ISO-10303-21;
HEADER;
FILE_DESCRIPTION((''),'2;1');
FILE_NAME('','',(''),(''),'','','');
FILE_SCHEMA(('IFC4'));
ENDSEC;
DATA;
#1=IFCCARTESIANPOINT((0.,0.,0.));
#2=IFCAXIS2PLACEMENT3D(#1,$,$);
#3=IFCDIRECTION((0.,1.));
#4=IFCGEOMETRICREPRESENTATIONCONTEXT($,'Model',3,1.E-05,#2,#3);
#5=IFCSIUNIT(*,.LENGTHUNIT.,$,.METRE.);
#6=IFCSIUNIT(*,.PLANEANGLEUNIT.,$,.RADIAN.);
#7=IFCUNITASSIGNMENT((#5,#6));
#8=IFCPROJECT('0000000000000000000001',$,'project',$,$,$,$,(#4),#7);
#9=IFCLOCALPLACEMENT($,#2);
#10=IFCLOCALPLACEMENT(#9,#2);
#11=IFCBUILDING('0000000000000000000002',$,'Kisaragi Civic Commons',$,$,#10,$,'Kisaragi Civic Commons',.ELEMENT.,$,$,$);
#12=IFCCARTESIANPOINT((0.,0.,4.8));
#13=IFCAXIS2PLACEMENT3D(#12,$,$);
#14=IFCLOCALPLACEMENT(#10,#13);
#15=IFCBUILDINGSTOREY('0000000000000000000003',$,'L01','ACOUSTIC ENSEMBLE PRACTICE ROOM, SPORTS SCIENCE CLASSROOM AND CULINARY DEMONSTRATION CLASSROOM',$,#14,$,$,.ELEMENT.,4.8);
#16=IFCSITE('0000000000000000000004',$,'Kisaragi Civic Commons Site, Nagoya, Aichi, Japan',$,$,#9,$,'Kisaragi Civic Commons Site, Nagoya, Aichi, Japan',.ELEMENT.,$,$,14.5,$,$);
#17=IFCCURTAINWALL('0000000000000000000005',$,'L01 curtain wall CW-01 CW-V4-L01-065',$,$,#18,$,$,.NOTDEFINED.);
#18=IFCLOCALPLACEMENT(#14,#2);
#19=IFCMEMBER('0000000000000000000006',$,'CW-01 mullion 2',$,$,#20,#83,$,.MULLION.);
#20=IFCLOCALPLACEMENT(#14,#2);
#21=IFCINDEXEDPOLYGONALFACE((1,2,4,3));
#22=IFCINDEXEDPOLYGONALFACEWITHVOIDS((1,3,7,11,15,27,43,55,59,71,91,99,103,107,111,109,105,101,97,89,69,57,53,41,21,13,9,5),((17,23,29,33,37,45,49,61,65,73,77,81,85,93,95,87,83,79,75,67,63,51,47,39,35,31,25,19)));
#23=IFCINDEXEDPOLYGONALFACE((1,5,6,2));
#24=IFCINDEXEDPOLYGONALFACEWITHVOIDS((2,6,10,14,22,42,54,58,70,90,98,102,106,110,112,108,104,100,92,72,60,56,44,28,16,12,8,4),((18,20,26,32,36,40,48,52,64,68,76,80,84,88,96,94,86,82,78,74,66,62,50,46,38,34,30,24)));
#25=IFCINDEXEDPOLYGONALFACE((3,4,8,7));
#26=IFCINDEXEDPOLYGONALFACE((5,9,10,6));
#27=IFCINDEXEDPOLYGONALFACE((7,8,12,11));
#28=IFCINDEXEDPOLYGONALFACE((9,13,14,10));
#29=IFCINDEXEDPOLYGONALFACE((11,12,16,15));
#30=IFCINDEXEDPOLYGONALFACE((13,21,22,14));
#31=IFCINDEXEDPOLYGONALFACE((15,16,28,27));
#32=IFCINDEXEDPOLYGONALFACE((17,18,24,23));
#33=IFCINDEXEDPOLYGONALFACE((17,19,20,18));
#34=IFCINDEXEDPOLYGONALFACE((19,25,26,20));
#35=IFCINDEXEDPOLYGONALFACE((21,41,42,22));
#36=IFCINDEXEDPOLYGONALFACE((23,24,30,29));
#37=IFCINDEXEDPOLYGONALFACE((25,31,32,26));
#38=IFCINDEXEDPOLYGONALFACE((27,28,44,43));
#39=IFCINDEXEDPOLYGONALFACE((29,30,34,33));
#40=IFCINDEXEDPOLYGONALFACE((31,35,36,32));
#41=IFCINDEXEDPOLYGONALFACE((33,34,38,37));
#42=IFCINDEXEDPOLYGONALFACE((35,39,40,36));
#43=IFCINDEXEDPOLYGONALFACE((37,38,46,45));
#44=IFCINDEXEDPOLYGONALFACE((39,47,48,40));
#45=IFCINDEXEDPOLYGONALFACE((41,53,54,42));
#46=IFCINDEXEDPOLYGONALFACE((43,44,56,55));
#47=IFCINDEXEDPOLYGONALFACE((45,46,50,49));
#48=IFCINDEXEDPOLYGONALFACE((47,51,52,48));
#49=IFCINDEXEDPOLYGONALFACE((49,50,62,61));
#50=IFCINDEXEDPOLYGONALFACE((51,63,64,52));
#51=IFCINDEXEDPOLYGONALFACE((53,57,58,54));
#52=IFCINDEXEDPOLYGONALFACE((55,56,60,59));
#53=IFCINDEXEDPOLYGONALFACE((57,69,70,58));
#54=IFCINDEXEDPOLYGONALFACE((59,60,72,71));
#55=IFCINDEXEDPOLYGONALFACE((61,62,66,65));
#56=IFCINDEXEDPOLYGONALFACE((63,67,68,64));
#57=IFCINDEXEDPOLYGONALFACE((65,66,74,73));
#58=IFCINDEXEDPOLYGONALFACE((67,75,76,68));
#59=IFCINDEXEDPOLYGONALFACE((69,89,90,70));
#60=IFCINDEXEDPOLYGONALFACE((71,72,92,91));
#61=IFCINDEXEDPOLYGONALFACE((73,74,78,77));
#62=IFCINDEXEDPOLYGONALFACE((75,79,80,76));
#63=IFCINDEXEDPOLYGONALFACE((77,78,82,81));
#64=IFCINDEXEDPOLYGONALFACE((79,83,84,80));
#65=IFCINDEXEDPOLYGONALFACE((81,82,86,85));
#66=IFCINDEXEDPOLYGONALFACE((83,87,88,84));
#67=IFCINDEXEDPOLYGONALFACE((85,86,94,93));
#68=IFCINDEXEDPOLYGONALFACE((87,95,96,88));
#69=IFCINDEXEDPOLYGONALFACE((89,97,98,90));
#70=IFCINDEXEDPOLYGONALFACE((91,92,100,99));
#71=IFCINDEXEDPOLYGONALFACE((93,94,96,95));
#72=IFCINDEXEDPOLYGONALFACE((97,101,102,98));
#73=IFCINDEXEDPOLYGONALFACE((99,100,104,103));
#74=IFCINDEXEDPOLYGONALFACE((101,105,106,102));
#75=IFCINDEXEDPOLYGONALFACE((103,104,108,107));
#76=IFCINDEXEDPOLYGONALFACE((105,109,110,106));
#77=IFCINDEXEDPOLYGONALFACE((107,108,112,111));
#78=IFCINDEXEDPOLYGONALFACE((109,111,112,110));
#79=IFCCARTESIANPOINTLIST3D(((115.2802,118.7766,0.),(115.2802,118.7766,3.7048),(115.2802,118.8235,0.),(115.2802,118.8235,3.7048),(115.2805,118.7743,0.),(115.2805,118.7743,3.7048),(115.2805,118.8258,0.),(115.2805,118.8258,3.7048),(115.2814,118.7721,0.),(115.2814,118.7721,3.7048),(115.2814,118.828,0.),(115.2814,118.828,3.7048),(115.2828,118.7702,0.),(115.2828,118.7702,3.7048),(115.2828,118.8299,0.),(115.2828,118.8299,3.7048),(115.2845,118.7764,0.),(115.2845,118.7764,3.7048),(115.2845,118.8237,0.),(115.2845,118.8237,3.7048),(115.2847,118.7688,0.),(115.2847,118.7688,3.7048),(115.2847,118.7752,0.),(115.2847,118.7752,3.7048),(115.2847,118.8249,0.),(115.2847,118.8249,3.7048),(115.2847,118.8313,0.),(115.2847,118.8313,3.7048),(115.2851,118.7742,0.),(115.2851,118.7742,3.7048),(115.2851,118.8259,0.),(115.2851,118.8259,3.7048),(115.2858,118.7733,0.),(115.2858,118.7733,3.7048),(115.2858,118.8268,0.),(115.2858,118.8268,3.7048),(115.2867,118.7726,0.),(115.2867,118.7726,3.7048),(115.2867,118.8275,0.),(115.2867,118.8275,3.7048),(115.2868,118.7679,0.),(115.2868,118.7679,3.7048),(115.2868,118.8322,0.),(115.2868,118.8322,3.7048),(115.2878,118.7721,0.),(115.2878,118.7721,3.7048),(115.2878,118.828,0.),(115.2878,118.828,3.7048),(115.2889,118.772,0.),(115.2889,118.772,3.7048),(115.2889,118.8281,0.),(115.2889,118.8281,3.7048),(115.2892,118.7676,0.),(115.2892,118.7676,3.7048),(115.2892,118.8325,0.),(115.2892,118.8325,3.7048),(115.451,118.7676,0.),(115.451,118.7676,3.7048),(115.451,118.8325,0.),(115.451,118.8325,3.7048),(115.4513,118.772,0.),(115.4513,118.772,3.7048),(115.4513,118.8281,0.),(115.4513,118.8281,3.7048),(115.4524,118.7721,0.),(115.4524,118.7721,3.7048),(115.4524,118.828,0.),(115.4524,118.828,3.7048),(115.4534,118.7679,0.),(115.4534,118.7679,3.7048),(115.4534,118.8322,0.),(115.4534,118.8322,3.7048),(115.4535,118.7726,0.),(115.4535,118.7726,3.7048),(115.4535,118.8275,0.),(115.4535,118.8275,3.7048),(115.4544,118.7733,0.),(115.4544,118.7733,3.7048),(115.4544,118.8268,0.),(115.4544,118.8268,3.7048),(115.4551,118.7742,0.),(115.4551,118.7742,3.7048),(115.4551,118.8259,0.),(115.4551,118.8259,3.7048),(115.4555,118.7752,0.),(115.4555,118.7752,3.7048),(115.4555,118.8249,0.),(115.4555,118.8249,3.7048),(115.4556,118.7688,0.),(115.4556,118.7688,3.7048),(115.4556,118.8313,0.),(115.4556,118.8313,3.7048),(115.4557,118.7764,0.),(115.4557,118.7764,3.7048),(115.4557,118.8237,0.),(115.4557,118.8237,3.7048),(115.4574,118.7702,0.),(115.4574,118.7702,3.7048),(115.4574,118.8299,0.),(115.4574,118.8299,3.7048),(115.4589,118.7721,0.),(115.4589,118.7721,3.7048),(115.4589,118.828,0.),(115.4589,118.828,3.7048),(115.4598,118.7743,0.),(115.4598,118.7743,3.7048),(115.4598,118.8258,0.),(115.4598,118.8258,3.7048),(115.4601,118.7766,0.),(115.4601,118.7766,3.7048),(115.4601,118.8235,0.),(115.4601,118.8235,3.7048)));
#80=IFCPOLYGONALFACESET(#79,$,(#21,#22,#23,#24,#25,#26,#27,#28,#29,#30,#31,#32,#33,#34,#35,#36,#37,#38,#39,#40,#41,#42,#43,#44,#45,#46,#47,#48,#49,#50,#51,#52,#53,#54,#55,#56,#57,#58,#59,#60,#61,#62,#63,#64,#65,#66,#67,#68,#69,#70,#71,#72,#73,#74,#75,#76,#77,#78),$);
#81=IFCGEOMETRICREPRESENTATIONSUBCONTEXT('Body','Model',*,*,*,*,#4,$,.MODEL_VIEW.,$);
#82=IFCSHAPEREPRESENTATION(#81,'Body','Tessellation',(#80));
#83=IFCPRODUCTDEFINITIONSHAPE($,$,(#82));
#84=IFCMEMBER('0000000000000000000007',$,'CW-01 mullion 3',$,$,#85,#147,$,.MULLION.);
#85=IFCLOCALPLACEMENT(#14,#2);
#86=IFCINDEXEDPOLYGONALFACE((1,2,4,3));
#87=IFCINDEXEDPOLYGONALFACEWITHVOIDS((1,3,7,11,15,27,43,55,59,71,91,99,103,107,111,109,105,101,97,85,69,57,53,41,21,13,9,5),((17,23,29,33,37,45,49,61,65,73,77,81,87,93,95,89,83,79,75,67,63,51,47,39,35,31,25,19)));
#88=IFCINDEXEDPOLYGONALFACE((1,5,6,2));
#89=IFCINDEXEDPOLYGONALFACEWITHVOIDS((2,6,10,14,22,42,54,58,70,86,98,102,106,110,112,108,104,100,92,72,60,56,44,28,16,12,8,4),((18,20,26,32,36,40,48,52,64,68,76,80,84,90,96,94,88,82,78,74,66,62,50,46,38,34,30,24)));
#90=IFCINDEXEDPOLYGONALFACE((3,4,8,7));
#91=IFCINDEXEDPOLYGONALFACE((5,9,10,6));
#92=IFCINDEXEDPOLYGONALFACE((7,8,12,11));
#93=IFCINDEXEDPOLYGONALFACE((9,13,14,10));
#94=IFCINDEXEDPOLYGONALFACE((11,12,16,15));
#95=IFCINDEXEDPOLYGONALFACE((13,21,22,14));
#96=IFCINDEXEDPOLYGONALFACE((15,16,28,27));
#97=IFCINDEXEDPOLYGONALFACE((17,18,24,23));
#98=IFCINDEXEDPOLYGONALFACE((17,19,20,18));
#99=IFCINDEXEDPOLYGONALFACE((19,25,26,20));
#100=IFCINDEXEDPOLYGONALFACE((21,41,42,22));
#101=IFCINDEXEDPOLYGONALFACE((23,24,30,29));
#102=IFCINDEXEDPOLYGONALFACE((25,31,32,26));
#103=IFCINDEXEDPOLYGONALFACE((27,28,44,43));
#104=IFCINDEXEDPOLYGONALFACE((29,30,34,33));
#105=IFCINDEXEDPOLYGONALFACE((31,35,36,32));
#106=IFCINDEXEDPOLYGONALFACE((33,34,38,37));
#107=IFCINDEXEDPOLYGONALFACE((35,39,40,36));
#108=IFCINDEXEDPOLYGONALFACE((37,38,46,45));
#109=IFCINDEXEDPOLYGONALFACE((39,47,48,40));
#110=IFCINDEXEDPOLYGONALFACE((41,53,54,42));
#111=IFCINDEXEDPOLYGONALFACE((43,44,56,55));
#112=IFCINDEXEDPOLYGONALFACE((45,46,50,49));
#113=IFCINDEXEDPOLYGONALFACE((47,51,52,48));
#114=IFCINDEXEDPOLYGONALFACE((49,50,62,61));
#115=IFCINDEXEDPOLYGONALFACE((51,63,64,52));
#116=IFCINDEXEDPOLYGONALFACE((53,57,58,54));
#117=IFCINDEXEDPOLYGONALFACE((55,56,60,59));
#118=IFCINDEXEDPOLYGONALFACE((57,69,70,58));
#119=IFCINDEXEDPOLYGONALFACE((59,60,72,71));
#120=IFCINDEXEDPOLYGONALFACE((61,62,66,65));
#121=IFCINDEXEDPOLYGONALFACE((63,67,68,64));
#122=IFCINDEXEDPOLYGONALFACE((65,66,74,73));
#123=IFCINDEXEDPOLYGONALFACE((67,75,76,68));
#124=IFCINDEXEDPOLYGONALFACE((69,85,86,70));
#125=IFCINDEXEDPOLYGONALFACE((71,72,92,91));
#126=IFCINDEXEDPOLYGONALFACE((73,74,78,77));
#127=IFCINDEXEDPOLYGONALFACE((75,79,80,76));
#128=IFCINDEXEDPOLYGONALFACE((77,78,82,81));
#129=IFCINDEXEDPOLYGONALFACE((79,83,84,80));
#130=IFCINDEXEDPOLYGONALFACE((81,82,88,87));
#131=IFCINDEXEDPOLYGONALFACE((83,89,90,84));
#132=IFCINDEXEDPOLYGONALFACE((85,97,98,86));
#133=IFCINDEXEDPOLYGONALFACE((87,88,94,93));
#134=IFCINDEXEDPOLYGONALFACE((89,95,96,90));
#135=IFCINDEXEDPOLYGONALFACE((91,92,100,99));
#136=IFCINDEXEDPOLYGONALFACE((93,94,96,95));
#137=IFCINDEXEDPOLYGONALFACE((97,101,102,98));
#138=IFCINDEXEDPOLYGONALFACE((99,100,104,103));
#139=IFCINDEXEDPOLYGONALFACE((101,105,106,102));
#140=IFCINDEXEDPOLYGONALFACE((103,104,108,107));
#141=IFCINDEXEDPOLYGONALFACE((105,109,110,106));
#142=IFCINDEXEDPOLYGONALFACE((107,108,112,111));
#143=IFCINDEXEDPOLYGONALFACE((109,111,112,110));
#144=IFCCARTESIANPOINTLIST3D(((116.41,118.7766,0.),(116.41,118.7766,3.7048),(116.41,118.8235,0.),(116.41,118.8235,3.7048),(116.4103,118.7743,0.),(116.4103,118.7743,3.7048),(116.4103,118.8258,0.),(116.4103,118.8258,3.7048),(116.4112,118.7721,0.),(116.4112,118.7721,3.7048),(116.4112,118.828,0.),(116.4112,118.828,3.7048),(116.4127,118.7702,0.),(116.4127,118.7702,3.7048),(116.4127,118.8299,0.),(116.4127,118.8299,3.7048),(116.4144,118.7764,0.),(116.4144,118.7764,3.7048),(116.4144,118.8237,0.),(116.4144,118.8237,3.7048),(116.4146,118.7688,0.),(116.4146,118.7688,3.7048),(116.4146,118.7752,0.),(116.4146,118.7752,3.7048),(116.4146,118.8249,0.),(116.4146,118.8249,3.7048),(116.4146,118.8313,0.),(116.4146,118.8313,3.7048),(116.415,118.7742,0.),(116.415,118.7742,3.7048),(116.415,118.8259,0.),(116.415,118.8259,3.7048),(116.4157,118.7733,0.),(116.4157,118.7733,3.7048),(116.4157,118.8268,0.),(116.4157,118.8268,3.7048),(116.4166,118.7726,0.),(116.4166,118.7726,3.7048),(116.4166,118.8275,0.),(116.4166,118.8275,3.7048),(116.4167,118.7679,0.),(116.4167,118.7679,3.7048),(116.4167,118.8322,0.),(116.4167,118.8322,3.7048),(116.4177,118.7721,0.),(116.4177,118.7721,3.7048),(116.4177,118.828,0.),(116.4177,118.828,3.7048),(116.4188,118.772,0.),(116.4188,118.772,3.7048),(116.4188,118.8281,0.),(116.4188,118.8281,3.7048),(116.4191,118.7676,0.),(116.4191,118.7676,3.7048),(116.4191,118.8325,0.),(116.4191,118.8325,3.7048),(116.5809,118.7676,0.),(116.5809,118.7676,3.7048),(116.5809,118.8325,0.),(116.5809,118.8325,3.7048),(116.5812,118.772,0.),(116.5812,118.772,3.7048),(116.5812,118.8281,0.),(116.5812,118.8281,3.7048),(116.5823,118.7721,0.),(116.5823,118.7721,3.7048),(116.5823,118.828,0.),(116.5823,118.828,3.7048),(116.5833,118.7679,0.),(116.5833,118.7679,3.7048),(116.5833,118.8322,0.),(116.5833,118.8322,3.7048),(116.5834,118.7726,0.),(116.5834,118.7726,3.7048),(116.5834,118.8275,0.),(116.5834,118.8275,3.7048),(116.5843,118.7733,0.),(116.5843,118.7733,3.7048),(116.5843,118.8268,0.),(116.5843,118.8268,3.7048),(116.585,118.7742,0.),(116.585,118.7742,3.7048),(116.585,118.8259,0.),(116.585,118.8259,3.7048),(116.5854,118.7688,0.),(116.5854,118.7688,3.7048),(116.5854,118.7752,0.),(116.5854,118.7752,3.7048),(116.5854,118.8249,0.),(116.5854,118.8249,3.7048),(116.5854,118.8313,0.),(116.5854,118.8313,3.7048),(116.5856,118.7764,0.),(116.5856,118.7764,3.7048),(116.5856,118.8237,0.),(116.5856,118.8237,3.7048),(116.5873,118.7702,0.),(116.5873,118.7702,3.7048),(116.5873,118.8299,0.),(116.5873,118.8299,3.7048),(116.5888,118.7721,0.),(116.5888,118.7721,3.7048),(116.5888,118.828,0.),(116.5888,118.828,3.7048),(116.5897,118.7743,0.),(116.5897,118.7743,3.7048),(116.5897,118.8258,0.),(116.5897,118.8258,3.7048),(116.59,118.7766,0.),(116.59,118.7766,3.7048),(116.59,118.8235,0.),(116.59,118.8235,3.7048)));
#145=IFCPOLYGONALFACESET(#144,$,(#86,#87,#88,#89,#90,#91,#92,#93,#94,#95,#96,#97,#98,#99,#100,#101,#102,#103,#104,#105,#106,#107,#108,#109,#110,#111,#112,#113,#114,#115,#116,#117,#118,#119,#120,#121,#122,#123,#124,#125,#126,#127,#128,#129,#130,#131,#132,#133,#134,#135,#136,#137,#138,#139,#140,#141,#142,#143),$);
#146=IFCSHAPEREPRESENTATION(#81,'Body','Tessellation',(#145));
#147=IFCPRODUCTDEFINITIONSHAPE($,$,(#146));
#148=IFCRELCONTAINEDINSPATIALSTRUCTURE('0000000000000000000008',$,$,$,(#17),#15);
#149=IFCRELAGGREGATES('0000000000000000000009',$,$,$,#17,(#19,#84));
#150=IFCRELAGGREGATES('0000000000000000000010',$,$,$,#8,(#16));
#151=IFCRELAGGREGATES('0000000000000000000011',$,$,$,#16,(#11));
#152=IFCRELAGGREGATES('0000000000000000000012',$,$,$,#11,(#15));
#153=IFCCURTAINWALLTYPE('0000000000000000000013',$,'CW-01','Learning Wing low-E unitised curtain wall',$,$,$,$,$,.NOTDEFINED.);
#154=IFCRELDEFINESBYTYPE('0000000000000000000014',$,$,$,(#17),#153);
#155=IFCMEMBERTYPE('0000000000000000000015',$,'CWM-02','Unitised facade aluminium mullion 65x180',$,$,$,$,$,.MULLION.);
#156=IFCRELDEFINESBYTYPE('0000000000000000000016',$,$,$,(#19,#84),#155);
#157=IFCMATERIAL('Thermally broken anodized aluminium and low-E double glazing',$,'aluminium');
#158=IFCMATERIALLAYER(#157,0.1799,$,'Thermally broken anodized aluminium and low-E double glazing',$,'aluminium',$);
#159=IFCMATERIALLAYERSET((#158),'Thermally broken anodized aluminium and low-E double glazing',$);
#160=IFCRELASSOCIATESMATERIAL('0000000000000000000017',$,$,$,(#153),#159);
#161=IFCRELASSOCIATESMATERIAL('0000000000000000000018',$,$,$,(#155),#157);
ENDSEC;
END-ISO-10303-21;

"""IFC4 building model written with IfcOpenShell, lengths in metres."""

from ifc_helpers import new_model, si_unit, direction, frame, origin, origin_2d, place, context, subcontext, project, spatial, hollow_rectangle, extrude, material, layer, layer_set, material_profile, profile_set, type_object, element, aggregate, save


model = new_model("IFC4")

# Units and contexts
model_context = context("Model", 3, precision=1e-05, world=origin(), true_north=direction((0.0, 1.0)))
body_context = subcontext(model_context, "Body", "Model", "MODEL_VIEW")
ifc_project = project(units=[si_unit("LENGTHUNIT", "METRE"), si_unit("PLANEANGLEUNIT", "RADIAN")], contexts=[model_context])

# Site, building, storey
site_placement = place(None, origin())
site = spatial("IfcSite", under=ifc_project, at=site_placement, Name="Kisaragi Civic Commons Site, Nagoya, Aichi, Japan", LongName="Kisaragi Civic Commons Site, Nagoya, Aichi, Japan", CompositionType="ELEMENT", RefElevation=14.5)
building_placement = place(site_placement, origin())
building = spatial("IfcBuilding", under=site, at=building_placement, Name="Kisaragi Civic Commons", LongName="Kisaragi Civic Commons", CompositionType="ELEMENT")
storey_placement = place(building_placement, frame((0.0, 0.0, 4.8)))
storey = spatial("IfcBuildingStorey", under=building, at=storey_placement, Name="L01", Description="ACOUSTIC ENSEMBLE PRACTICE ROOM, SPORTS SCIENCE CLASSROOM AND CULINARY DEMONSTRATION CLASSROOM", CompositionType="ELEMENT", Elevation=4.8)

# Curtain wall, members
ifc_material_1 = material(Name="Thermally broken anodized aluminium and low-E double glazing", Category="aluminium")
ifc_layer_1 = layer(ifc_material_1, 0.1799, Name="Thermally broken anodized aluminium and low-E double glazing", Category="aluminium")
ifc_layer_set_1 = layer_set([ifc_layer_1], Name="Thermally broken anodized aluminium and low-E double glazing")
curtain_wall_type = type_object("IfcCurtainWallType", Name="CW-01", Description="Learning Wing low-E unitised curtain wall", PredefinedType="NOTDEFINED", material=ifc_layer_set_1)
curtain_wall_placement = place(storey_placement, origin())
curtain_wall = element("IfcCurtainWall", 1, at=curtain_wall_placement, inside=storey, type_object=curtain_wall_type, Name="L01 curtain wall CW-01 CW-V4-L01-065", PredefinedType="NOTDEFINED")
ifc_material_profile_1 = material_profile(ifc_material_1, hollow_rectangle(XDim=0.0649, YDim=0.1799, WallThickness=0.0044, InnerFilletRadius=0.0044, OuterFilletRadius=0.009, at=origin_2d()), Name="CWM-65x180x4.5", Category="aluminium")
ifc_profile_set_1 = profile_set([ifc_material_profile_1], Name="Thermally broken anodized aluminium and low-E double glazing")
member_type_1 = type_object("IfcMemberType", Name="CWM-02", Description="Unitised facade aluminium mullion 65x180", PredefinedType="MULLION", material=ifc_profile_set_1)
member_1_placement = place(storey_placement, frame((115.3701, 118.8, 0.0), z_axis=(0.0, 0.0, 1.0), x_axis=(0.0, 1.0, 0.0)))
member_1 = element("IfcMember", 2, at=member_1_placement, type_object=member_type_1, Name="CW-01 mullion 2", PredefinedType="MULLION", context=body_context, shape_type="SweptSolid", body=[
    extrude(hollow_rectangle(XDim=0.0649, YDim=0.1799, WallThickness=0.0044, InnerFilletRadius=0.0044, OuterFilletRadius=0.009, at=origin_2d()), origin(), (0.0, 0.0, 1.0), 3.7048),
])
member_2_placement = place(storey_placement, frame((116.5, 118.8, 0.0), z_axis=(0.0, 0.0, 1.0), x_axis=(0.0, 1.0, 0.0)))
member_2 = element("IfcMember", 3, at=member_2_placement, type_object=member_type_1, Name="CW-01 mullion 3", PredefinedType="MULLION", context=body_context, shape_type="SweptSolid", body=[
    extrude(hollow_rectangle(XDim=0.0649, YDim=0.1799, WallThickness=0.0044, InnerFilletRadius=0.0044, OuterFilletRadius=0.009, at=origin_2d()), origin(), (0.0, 0.0, 1.0), 3.7048),
])
aggregate(curtain_wall, [member_1, member_2])

save(model, "model.ifc")
